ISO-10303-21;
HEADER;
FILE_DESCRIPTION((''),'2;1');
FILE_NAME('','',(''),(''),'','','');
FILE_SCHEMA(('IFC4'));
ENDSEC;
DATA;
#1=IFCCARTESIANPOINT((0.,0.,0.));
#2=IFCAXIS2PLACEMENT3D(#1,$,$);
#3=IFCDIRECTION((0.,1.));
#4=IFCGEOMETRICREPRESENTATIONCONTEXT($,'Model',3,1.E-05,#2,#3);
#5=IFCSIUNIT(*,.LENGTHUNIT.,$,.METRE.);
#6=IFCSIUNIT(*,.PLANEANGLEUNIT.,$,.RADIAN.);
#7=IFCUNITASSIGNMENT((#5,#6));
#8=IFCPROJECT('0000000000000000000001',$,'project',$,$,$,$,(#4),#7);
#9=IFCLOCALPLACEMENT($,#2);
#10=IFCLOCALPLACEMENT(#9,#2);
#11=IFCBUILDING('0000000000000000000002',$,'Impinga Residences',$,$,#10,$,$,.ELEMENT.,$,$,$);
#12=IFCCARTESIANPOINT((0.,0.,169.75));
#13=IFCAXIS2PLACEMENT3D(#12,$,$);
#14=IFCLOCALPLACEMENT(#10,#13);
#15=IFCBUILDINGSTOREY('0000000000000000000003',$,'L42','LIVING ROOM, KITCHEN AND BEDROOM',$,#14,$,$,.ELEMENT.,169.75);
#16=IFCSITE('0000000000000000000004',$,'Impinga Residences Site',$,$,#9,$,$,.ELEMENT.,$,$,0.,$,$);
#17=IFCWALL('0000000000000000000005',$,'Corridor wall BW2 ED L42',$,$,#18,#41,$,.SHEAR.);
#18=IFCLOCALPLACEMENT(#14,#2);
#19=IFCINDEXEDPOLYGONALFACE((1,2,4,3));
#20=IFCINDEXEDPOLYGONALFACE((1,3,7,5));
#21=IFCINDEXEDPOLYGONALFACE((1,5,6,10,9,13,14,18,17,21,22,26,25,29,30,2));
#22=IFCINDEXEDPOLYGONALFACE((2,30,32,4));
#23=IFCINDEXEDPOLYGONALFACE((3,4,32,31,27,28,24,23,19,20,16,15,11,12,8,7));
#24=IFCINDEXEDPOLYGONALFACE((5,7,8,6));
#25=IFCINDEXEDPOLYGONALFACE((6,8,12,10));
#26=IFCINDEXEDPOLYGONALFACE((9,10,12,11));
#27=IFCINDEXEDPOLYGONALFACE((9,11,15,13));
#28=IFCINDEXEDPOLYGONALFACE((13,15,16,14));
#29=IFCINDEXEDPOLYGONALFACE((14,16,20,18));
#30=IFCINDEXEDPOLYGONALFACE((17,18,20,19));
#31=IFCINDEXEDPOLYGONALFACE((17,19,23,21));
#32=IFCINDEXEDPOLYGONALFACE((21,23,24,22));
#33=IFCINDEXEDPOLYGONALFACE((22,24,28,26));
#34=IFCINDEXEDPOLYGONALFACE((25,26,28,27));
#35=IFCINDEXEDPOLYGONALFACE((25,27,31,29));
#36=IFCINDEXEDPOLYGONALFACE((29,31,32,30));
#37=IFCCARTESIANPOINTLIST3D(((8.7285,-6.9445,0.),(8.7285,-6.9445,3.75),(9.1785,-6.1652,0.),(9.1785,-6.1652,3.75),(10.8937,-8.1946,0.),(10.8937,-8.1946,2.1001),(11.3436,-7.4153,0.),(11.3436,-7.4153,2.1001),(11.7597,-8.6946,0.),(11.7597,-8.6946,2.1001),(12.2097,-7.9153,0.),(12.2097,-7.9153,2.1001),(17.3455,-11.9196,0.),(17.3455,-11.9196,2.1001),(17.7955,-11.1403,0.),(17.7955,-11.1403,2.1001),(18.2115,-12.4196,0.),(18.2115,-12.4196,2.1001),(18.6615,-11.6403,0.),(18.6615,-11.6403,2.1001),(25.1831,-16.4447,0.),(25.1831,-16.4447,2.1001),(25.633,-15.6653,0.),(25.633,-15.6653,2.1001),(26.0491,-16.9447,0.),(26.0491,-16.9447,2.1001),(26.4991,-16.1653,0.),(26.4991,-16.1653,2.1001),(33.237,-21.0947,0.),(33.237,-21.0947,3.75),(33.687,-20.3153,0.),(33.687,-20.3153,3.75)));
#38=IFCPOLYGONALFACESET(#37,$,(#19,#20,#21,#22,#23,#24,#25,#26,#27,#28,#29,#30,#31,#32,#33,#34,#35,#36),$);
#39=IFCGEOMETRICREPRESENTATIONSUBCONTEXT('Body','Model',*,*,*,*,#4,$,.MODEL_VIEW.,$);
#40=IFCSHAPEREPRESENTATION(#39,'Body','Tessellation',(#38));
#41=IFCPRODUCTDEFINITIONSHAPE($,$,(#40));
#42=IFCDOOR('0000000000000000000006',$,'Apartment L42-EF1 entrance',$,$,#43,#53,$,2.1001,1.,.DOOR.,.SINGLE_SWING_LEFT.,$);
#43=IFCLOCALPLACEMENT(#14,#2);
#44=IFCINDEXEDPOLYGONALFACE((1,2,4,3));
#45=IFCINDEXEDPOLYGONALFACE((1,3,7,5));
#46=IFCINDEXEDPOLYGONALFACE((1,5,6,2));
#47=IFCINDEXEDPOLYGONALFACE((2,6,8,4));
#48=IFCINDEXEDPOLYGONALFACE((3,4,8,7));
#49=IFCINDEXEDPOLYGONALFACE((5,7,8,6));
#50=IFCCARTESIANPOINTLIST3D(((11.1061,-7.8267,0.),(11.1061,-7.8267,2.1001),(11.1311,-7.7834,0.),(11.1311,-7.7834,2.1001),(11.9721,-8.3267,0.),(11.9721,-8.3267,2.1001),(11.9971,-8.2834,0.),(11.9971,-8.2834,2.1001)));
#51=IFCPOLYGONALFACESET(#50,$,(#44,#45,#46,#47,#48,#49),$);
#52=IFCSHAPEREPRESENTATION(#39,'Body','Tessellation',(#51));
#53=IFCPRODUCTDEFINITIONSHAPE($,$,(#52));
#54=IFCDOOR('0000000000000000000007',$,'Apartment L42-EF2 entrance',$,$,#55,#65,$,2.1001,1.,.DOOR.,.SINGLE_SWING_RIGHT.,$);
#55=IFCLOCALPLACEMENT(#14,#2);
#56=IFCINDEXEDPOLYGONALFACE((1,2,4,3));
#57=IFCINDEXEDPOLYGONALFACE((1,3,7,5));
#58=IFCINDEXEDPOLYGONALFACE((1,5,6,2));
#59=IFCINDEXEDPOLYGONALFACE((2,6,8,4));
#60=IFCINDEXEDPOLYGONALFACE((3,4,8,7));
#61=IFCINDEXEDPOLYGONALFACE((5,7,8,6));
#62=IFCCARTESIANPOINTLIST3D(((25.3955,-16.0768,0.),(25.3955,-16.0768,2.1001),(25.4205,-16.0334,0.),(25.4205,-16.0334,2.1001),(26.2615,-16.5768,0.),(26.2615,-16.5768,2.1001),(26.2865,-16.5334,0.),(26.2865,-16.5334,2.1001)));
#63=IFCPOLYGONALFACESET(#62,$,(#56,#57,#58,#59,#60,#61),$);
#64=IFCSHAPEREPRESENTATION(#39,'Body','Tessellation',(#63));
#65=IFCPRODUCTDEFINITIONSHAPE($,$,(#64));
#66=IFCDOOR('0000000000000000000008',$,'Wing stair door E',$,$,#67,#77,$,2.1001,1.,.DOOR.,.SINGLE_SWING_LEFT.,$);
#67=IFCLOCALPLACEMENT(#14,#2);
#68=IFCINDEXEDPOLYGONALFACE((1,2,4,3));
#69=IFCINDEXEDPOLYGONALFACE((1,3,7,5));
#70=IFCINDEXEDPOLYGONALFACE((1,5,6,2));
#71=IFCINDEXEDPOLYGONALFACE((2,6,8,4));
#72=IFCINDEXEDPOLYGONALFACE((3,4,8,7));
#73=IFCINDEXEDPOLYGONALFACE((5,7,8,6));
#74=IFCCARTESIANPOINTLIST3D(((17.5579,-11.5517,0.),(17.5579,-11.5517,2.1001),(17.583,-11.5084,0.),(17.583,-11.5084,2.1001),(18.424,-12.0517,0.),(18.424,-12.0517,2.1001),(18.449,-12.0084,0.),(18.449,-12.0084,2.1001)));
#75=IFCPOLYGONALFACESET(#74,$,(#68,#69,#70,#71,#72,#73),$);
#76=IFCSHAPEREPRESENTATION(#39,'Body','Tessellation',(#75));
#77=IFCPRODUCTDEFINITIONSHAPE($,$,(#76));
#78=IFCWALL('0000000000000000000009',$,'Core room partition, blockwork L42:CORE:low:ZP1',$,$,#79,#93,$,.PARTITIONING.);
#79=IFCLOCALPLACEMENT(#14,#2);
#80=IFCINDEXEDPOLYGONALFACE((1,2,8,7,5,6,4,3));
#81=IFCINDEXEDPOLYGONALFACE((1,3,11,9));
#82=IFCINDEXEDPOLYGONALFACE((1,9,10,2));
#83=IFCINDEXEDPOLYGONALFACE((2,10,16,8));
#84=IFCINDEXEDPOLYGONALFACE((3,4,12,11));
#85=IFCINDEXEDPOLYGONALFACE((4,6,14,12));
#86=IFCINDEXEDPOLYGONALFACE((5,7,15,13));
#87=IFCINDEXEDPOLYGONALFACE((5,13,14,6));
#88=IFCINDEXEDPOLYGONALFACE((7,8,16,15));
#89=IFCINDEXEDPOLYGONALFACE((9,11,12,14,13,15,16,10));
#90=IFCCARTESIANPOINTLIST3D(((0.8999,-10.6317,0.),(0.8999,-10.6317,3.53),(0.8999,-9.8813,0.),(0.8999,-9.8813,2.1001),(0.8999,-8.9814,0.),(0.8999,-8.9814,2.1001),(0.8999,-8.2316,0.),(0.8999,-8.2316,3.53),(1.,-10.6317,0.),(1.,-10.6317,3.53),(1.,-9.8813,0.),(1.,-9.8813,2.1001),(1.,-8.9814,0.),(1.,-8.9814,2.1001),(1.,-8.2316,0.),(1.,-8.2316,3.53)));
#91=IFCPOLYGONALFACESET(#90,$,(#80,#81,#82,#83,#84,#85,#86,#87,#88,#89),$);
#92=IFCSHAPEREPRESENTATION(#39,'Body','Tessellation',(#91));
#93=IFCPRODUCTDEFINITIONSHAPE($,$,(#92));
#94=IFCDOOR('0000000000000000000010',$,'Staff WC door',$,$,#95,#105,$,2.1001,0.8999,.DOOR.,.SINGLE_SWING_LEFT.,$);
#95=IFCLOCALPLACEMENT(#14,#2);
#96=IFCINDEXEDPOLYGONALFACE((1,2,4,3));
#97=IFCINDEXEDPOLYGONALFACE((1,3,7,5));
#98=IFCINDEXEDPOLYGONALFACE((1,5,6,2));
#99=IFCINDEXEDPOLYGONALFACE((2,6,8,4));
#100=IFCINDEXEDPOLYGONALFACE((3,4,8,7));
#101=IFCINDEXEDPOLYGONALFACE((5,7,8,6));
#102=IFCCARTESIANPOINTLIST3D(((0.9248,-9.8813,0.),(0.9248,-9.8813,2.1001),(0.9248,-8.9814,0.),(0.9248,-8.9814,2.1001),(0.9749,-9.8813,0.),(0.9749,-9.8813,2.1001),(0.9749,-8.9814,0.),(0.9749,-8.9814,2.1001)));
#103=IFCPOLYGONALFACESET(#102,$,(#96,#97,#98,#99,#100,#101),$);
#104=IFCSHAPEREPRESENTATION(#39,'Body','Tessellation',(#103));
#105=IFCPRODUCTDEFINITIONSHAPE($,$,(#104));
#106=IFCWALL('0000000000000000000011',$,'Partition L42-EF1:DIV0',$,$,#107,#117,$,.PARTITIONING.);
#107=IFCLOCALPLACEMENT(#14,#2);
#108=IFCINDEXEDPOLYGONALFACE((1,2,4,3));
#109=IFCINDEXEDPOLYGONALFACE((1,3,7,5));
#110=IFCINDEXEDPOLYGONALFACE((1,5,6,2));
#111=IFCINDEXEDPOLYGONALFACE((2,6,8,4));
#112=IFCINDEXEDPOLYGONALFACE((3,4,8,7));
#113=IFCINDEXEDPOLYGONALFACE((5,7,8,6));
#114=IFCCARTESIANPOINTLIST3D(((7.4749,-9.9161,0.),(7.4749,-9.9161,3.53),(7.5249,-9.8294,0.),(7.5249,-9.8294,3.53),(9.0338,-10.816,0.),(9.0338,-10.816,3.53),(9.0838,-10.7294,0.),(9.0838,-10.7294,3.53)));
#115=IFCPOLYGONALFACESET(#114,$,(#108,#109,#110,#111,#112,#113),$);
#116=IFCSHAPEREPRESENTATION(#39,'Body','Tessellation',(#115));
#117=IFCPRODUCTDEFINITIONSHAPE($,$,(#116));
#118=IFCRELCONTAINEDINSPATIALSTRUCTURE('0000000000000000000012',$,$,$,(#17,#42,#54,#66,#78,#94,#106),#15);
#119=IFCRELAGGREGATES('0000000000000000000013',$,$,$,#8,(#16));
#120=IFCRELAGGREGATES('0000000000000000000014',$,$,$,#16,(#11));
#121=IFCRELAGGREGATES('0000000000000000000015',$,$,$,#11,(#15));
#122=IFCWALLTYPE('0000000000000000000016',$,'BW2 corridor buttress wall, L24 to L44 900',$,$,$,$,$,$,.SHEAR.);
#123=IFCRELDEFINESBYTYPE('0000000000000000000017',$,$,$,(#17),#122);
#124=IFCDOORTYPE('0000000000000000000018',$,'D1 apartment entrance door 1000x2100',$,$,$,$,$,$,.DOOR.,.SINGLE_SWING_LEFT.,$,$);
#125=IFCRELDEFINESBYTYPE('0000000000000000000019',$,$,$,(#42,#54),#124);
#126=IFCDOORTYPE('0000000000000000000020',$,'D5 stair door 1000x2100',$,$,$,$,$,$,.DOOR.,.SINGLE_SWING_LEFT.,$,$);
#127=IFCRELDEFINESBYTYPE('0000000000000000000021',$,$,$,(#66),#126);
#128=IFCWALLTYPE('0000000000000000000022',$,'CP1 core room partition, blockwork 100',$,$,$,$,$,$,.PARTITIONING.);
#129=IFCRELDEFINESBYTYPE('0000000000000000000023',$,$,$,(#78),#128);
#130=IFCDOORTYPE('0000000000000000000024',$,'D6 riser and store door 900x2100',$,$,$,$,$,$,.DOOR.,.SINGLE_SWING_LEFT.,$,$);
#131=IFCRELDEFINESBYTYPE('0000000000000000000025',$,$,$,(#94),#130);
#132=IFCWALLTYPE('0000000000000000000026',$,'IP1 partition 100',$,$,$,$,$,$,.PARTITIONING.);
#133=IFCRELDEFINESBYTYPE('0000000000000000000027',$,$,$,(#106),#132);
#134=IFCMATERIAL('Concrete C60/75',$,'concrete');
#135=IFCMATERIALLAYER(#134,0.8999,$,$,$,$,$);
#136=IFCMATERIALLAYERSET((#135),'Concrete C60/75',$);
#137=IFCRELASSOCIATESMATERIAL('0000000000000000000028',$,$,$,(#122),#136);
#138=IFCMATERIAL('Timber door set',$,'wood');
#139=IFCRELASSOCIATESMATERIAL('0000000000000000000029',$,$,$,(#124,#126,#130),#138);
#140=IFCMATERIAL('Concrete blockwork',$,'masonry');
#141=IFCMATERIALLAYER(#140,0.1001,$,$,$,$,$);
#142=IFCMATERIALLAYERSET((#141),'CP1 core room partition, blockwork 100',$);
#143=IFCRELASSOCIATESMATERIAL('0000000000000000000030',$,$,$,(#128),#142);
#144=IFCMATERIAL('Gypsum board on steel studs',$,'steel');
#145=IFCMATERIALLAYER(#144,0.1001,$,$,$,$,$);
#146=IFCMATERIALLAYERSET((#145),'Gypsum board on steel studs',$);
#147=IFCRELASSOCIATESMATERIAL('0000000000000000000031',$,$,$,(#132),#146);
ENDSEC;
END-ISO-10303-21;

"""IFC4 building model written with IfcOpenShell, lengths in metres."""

from ifc_helpers import new_model, si_unit, direction, frame, frame_2d, origin, place, context, subcontext, project, spatial, rectangle, extrude, material, layer, layer_set, type_object, element, fill, save


model = new_model("IFC4")

# Units and contexts
model_context = context("Model", 3, precision=1e-05, world=origin(), true_north=direction((0.0, 1.0)))
body_context = subcontext(model_context, "Body", "Model", "MODEL_VIEW")
ifc_project = project(units=[si_unit("LENGTHUNIT", "METRE"), si_unit("PLANEANGLEUNIT", "RADIAN")], contexts=[model_context])

# Site, building, storey
site_placement = place(None, origin())
site = spatial("IfcSite", under=ifc_project, at=site_placement, Name="Impinga Residences Site", CompositionType="ELEMENT", RefElevation=0.0)
building_placement = place(site_placement, origin())
building = spatial("IfcBuilding", under=site, at=building_placement, Name="Impinga Residences", CompositionType="ELEMENT")
storey_placement = place(building_placement, frame((0.0, 0.0, 169.75)))
storey = spatial("IfcBuildingStorey", under=building, at=storey_placement, Name="L42", Description="LIVING ROOM, KITCHEN AND BEDROOM", CompositionType="ELEMENT", Elevation=169.75)

# Wall, openings, doors
ifc_material_1 = material(Name="Concrete C60/75", Category="concrete")
ifc_layer_1 = layer(ifc_material_1, 0.8999)
ifc_layer_set_1 = layer_set([ifc_layer_1], Name="Concrete C60/75")
wall_type_1 = type_object("IfcWallType", Name="BW2 corridor buttress wall, L24 to L44 900", PredefinedType="SHEAR", material=ifc_layer_set_1)
wall_1_placement = place(storey_placement, frame((8.9536, -6.5549, 0.0), z_axis=(0.0, 0.0, 1.0), x_axis=(0.866023, -0.500003, 0.0)))
wall_1 = element("IfcWall", 1, at=wall_1_placement, inside=storey, type_object=wall_type_1, Name="Corridor wall BW2 ED L42", PredefinedType="SHEAR", context=body_context, shape_type="SweptSolid", body=[
    extrude(rectangle(XDim=28.3, YDim=0.8999, at=frame_2d((14.1499, 0.0))), origin(), (0.0, 0.0, 1.0), 3.75),
])
opening_1_placement = place(wall_1_placement, frame((9.95, 0.0, 0.0)))
opening_1 = element("IfcOpeningElement", 2, at=opening_1_placement, cuts=wall_1, PredefinedType="OPENING", context=body_context, shape_type="SweptSolid", body=[
    extrude(rectangle(XDim=1.0, YDim=2.1001, at=frame_2d((0.5, 1.05))), frame((0.0, 0.46, 0.0), z_axis=(0.0, -1.0, 0.0), x_axis=(1.0, 0.0, 0.0)), (0.0, 0.0, 1.0), 0.9199),
])
opening_2_placement = place(wall_1_placement, frame((2.5, 0.0, 0.0)))
opening_2 = element("IfcOpeningElement", 3, at=opening_2_placement, cuts=wall_1, PredefinedType="OPENING", context=body_context, shape_type="SweptSolid", body=[
    extrude(rectangle(XDim=1.0, YDim=2.1001, at=frame_2d((0.5, 1.05))), frame((0.0, 0.46, 0.0), z_axis=(0.0, -1.0, 0.0), x_axis=(1.0, 0.0, 0.0)), (0.0, 0.0, 1.0), 0.9199),
])
opening_3_placement = place(wall_1_placement, frame((19.0, 0.0, 0.0)))
opening_3 = element("IfcOpeningElement", 4, at=opening_3_placement, cuts=wall_1, PredefinedType="OPENING", context=body_context, shape_type="SweptSolid", body=[
    extrude(rectangle(XDim=1.0, YDim=2.1001, at=frame_2d((0.5, 1.05))), frame((0.0, 0.46, 0.0), z_axis=(0.0, -1.0, 0.0), x_axis=(1.0, 0.0, 0.0)), (0.0, 0.0, 1.0), 0.9199),
])
ifc_material_2 = material(Name="Timber door set", Category="wood")
door_type_1 = type_object("IfcDoorType", Name="D1 apartment entrance door 1000x2100", OperationType="SINGLE_SWING_LEFT", PredefinedType="DOOR", material=ifc_material_2)
door_1_placement = place(opening_2_placement, origin())
door_1 = element("IfcDoor", 5, at=door_1_placement, inside=storey, type_object=door_type_1, Name="Apartment L42-EF1 entrance", OperationType="SINGLE_SWING_LEFT", OverallHeight=2.1001, OverallWidth=1.0, PredefinedType="DOOR", context=body_context, shape_type="SweptSolid", body=[
    extrude(rectangle(XDim=1.0, YDim=2.1001, at=frame_2d((0.5, 1.05))), frame((0.0, 0.0249, 0.0), z_axis=(0.0, -1.0, 0.0), x_axis=(1.0, 0.0, 0.0)), (0.0, 0.0, 1.0), 0.05),
])
fill(opening_2, door_1)
door_2_placement = place(opening_3_placement, origin())
door_2 = element("IfcDoor", 6, at=door_2_placement, inside=storey, type_object=door_type_1, Name="Apartment L42-EF2 entrance", OperationType="SINGLE_SWING_RIGHT", OverallHeight=2.1001, OverallWidth=1.0, PredefinedType="DOOR", context=body_context, shape_type="SweptSolid", body=[
    extrude(rectangle(XDim=1.0, YDim=2.1001, at=frame_2d((0.5, 1.05))), frame((0.0, 0.0249, 0.0), z_axis=(0.0, -1.0, 0.0), x_axis=(1.0, 0.0, 0.0)), (0.0, 0.0, 1.0), 0.05),
])
fill(opening_3, door_2)
door_type_2 = type_object("IfcDoorType", Name="D5 stair door 1000x2100", OperationType="SINGLE_SWING_LEFT", PredefinedType="DOOR", material=ifc_material_2)
door_3_placement = place(opening_1_placement, origin())
door_3 = element("IfcDoor", 7, at=door_3_placement, inside=storey, type_object=door_type_2, Name="Wing stair door E", OperationType="SINGLE_SWING_LEFT", OverallHeight=2.1001, OverallWidth=1.0, PredefinedType="DOOR", context=body_context, shape_type="SweptSolid", body=[
    extrude(rectangle(XDim=1.0, YDim=2.1001, at=frame_2d((0.5, 1.05))), frame((0.0, 0.0249, 0.0), z_axis=(0.0, -1.0, 0.0), x_axis=(1.0, 0.0, 0.0)), (0.0, 0.0, 1.0), 0.05),
])
fill(opening_1, door_3)

# Wall, opening, door
ifc_material_3 = material(Name="Concrete blockwork", Category="masonry")
ifc_layer_2 = layer(ifc_material_3, 0.1001)
ifc_layer_set_2 = layer_set([ifc_layer_2], Name="CP1 core room partition, blockwork 100")
wall_type_2 = type_object("IfcWallType", Name="CP1 core room partition, blockwork 100", PredefinedType="PARTITIONING", material=ifc_layer_set_2)
wall_2_placement = place(storey_placement, frame((0.95, -8.2314, 0.0), z_axis=(0.0, 0.0, 1.0), x_axis=(0.0, -1.0, 0.0)))
wall_2 = element("IfcWall", 8, at=wall_2_placement, inside=storey, type_object=wall_type_2, Name="Core room partition, blockwork L42:CORE:low:ZP1", PredefinedType="PARTITIONING", context=body_context, shape_type="SweptSolid", body=[
    extrude(rectangle(XDim=2.4001, YDim=0.1001, at=frame_2d((1.2002, 0.0))), origin(), (0.0, 0.0, 1.0), 3.53),
])
opening_4_placement = place(wall_2_placement, frame((0.75, 0.0, 0.0)))
opening_4 = element("IfcOpeningElement", 9, at=opening_4_placement, cuts=wall_2, PredefinedType="OPENING", context=body_context, shape_type="SweptSolid", body=[
    extrude(rectangle(XDim=0.8999, YDim=2.1001, at=frame_2d((0.45, 1.05))), frame((0.0, 0.0601, 0.0), z_axis=(0.0, -1.0, 0.0), x_axis=(1.0, 0.0, 0.0)), (0.0, 0.0, 1.0), 0.1201),
])
door_type_3 = type_object("IfcDoorType", Name="D6 riser and store door 900x2100", OperationType="SINGLE_SWING_LEFT", PredefinedType="DOOR", material=ifc_material_2)
door_4_placement = place(opening_4_placement, origin())
door_4 = element("IfcDoor", 10, at=door_4_placement, inside=storey, type_object=door_type_3, Name="Staff WC door", OperationType="SINGLE_SWING_LEFT", OverallHeight=2.1001, OverallWidth=0.8999, PredefinedType="DOOR", context=body_context, shape_type="SweptSolid", body=[
    extrude(rectangle(XDim=0.8999, YDim=2.1001, at=frame_2d((0.45, 1.05))), frame((0.0, 0.0249, 0.0), z_axis=(0.0, -1.0, 0.0), x_axis=(1.0, 0.0, 0.0)), (0.0, 0.0, 1.0), 0.05),
])
fill(opening_4, door_4)

# Wall
ifc_material_4 = material(Name="Gypsum board on steel studs", Category="steel")
ifc_layer_3 = layer(ifc_material_4, 0.1001)
ifc_layer_set_3 = layer_set([ifc_layer_3], Name="Gypsum board on steel studs")
wall_type_3 = type_object("IfcWallType", Name="IP1 partition 100", PredefinedType="PARTITIONING", material=ifc_layer_set_3)
wall_3_placement = place(storey_placement, frame((7.5, -9.8728, 0.0), z_axis=(0.0, 0.0, 1.0), x_axis=(0.866048, -0.499961, 0.0)))
element("IfcWall", 11, at=wall_3_placement, inside=storey, type_object=wall_type_3, Name="Partition L42-EF1:DIV0", PredefinedType="PARTITIONING", context=body_context, shape_type="SweptSolid", body=[
    extrude(rectangle(XDim=1.8, YDim=0.1001, at=frame_2d((0.8999, 0.0))), origin(), (0.0, 0.0, 1.0), 3.53),
])

save(model, "model.ifc")
